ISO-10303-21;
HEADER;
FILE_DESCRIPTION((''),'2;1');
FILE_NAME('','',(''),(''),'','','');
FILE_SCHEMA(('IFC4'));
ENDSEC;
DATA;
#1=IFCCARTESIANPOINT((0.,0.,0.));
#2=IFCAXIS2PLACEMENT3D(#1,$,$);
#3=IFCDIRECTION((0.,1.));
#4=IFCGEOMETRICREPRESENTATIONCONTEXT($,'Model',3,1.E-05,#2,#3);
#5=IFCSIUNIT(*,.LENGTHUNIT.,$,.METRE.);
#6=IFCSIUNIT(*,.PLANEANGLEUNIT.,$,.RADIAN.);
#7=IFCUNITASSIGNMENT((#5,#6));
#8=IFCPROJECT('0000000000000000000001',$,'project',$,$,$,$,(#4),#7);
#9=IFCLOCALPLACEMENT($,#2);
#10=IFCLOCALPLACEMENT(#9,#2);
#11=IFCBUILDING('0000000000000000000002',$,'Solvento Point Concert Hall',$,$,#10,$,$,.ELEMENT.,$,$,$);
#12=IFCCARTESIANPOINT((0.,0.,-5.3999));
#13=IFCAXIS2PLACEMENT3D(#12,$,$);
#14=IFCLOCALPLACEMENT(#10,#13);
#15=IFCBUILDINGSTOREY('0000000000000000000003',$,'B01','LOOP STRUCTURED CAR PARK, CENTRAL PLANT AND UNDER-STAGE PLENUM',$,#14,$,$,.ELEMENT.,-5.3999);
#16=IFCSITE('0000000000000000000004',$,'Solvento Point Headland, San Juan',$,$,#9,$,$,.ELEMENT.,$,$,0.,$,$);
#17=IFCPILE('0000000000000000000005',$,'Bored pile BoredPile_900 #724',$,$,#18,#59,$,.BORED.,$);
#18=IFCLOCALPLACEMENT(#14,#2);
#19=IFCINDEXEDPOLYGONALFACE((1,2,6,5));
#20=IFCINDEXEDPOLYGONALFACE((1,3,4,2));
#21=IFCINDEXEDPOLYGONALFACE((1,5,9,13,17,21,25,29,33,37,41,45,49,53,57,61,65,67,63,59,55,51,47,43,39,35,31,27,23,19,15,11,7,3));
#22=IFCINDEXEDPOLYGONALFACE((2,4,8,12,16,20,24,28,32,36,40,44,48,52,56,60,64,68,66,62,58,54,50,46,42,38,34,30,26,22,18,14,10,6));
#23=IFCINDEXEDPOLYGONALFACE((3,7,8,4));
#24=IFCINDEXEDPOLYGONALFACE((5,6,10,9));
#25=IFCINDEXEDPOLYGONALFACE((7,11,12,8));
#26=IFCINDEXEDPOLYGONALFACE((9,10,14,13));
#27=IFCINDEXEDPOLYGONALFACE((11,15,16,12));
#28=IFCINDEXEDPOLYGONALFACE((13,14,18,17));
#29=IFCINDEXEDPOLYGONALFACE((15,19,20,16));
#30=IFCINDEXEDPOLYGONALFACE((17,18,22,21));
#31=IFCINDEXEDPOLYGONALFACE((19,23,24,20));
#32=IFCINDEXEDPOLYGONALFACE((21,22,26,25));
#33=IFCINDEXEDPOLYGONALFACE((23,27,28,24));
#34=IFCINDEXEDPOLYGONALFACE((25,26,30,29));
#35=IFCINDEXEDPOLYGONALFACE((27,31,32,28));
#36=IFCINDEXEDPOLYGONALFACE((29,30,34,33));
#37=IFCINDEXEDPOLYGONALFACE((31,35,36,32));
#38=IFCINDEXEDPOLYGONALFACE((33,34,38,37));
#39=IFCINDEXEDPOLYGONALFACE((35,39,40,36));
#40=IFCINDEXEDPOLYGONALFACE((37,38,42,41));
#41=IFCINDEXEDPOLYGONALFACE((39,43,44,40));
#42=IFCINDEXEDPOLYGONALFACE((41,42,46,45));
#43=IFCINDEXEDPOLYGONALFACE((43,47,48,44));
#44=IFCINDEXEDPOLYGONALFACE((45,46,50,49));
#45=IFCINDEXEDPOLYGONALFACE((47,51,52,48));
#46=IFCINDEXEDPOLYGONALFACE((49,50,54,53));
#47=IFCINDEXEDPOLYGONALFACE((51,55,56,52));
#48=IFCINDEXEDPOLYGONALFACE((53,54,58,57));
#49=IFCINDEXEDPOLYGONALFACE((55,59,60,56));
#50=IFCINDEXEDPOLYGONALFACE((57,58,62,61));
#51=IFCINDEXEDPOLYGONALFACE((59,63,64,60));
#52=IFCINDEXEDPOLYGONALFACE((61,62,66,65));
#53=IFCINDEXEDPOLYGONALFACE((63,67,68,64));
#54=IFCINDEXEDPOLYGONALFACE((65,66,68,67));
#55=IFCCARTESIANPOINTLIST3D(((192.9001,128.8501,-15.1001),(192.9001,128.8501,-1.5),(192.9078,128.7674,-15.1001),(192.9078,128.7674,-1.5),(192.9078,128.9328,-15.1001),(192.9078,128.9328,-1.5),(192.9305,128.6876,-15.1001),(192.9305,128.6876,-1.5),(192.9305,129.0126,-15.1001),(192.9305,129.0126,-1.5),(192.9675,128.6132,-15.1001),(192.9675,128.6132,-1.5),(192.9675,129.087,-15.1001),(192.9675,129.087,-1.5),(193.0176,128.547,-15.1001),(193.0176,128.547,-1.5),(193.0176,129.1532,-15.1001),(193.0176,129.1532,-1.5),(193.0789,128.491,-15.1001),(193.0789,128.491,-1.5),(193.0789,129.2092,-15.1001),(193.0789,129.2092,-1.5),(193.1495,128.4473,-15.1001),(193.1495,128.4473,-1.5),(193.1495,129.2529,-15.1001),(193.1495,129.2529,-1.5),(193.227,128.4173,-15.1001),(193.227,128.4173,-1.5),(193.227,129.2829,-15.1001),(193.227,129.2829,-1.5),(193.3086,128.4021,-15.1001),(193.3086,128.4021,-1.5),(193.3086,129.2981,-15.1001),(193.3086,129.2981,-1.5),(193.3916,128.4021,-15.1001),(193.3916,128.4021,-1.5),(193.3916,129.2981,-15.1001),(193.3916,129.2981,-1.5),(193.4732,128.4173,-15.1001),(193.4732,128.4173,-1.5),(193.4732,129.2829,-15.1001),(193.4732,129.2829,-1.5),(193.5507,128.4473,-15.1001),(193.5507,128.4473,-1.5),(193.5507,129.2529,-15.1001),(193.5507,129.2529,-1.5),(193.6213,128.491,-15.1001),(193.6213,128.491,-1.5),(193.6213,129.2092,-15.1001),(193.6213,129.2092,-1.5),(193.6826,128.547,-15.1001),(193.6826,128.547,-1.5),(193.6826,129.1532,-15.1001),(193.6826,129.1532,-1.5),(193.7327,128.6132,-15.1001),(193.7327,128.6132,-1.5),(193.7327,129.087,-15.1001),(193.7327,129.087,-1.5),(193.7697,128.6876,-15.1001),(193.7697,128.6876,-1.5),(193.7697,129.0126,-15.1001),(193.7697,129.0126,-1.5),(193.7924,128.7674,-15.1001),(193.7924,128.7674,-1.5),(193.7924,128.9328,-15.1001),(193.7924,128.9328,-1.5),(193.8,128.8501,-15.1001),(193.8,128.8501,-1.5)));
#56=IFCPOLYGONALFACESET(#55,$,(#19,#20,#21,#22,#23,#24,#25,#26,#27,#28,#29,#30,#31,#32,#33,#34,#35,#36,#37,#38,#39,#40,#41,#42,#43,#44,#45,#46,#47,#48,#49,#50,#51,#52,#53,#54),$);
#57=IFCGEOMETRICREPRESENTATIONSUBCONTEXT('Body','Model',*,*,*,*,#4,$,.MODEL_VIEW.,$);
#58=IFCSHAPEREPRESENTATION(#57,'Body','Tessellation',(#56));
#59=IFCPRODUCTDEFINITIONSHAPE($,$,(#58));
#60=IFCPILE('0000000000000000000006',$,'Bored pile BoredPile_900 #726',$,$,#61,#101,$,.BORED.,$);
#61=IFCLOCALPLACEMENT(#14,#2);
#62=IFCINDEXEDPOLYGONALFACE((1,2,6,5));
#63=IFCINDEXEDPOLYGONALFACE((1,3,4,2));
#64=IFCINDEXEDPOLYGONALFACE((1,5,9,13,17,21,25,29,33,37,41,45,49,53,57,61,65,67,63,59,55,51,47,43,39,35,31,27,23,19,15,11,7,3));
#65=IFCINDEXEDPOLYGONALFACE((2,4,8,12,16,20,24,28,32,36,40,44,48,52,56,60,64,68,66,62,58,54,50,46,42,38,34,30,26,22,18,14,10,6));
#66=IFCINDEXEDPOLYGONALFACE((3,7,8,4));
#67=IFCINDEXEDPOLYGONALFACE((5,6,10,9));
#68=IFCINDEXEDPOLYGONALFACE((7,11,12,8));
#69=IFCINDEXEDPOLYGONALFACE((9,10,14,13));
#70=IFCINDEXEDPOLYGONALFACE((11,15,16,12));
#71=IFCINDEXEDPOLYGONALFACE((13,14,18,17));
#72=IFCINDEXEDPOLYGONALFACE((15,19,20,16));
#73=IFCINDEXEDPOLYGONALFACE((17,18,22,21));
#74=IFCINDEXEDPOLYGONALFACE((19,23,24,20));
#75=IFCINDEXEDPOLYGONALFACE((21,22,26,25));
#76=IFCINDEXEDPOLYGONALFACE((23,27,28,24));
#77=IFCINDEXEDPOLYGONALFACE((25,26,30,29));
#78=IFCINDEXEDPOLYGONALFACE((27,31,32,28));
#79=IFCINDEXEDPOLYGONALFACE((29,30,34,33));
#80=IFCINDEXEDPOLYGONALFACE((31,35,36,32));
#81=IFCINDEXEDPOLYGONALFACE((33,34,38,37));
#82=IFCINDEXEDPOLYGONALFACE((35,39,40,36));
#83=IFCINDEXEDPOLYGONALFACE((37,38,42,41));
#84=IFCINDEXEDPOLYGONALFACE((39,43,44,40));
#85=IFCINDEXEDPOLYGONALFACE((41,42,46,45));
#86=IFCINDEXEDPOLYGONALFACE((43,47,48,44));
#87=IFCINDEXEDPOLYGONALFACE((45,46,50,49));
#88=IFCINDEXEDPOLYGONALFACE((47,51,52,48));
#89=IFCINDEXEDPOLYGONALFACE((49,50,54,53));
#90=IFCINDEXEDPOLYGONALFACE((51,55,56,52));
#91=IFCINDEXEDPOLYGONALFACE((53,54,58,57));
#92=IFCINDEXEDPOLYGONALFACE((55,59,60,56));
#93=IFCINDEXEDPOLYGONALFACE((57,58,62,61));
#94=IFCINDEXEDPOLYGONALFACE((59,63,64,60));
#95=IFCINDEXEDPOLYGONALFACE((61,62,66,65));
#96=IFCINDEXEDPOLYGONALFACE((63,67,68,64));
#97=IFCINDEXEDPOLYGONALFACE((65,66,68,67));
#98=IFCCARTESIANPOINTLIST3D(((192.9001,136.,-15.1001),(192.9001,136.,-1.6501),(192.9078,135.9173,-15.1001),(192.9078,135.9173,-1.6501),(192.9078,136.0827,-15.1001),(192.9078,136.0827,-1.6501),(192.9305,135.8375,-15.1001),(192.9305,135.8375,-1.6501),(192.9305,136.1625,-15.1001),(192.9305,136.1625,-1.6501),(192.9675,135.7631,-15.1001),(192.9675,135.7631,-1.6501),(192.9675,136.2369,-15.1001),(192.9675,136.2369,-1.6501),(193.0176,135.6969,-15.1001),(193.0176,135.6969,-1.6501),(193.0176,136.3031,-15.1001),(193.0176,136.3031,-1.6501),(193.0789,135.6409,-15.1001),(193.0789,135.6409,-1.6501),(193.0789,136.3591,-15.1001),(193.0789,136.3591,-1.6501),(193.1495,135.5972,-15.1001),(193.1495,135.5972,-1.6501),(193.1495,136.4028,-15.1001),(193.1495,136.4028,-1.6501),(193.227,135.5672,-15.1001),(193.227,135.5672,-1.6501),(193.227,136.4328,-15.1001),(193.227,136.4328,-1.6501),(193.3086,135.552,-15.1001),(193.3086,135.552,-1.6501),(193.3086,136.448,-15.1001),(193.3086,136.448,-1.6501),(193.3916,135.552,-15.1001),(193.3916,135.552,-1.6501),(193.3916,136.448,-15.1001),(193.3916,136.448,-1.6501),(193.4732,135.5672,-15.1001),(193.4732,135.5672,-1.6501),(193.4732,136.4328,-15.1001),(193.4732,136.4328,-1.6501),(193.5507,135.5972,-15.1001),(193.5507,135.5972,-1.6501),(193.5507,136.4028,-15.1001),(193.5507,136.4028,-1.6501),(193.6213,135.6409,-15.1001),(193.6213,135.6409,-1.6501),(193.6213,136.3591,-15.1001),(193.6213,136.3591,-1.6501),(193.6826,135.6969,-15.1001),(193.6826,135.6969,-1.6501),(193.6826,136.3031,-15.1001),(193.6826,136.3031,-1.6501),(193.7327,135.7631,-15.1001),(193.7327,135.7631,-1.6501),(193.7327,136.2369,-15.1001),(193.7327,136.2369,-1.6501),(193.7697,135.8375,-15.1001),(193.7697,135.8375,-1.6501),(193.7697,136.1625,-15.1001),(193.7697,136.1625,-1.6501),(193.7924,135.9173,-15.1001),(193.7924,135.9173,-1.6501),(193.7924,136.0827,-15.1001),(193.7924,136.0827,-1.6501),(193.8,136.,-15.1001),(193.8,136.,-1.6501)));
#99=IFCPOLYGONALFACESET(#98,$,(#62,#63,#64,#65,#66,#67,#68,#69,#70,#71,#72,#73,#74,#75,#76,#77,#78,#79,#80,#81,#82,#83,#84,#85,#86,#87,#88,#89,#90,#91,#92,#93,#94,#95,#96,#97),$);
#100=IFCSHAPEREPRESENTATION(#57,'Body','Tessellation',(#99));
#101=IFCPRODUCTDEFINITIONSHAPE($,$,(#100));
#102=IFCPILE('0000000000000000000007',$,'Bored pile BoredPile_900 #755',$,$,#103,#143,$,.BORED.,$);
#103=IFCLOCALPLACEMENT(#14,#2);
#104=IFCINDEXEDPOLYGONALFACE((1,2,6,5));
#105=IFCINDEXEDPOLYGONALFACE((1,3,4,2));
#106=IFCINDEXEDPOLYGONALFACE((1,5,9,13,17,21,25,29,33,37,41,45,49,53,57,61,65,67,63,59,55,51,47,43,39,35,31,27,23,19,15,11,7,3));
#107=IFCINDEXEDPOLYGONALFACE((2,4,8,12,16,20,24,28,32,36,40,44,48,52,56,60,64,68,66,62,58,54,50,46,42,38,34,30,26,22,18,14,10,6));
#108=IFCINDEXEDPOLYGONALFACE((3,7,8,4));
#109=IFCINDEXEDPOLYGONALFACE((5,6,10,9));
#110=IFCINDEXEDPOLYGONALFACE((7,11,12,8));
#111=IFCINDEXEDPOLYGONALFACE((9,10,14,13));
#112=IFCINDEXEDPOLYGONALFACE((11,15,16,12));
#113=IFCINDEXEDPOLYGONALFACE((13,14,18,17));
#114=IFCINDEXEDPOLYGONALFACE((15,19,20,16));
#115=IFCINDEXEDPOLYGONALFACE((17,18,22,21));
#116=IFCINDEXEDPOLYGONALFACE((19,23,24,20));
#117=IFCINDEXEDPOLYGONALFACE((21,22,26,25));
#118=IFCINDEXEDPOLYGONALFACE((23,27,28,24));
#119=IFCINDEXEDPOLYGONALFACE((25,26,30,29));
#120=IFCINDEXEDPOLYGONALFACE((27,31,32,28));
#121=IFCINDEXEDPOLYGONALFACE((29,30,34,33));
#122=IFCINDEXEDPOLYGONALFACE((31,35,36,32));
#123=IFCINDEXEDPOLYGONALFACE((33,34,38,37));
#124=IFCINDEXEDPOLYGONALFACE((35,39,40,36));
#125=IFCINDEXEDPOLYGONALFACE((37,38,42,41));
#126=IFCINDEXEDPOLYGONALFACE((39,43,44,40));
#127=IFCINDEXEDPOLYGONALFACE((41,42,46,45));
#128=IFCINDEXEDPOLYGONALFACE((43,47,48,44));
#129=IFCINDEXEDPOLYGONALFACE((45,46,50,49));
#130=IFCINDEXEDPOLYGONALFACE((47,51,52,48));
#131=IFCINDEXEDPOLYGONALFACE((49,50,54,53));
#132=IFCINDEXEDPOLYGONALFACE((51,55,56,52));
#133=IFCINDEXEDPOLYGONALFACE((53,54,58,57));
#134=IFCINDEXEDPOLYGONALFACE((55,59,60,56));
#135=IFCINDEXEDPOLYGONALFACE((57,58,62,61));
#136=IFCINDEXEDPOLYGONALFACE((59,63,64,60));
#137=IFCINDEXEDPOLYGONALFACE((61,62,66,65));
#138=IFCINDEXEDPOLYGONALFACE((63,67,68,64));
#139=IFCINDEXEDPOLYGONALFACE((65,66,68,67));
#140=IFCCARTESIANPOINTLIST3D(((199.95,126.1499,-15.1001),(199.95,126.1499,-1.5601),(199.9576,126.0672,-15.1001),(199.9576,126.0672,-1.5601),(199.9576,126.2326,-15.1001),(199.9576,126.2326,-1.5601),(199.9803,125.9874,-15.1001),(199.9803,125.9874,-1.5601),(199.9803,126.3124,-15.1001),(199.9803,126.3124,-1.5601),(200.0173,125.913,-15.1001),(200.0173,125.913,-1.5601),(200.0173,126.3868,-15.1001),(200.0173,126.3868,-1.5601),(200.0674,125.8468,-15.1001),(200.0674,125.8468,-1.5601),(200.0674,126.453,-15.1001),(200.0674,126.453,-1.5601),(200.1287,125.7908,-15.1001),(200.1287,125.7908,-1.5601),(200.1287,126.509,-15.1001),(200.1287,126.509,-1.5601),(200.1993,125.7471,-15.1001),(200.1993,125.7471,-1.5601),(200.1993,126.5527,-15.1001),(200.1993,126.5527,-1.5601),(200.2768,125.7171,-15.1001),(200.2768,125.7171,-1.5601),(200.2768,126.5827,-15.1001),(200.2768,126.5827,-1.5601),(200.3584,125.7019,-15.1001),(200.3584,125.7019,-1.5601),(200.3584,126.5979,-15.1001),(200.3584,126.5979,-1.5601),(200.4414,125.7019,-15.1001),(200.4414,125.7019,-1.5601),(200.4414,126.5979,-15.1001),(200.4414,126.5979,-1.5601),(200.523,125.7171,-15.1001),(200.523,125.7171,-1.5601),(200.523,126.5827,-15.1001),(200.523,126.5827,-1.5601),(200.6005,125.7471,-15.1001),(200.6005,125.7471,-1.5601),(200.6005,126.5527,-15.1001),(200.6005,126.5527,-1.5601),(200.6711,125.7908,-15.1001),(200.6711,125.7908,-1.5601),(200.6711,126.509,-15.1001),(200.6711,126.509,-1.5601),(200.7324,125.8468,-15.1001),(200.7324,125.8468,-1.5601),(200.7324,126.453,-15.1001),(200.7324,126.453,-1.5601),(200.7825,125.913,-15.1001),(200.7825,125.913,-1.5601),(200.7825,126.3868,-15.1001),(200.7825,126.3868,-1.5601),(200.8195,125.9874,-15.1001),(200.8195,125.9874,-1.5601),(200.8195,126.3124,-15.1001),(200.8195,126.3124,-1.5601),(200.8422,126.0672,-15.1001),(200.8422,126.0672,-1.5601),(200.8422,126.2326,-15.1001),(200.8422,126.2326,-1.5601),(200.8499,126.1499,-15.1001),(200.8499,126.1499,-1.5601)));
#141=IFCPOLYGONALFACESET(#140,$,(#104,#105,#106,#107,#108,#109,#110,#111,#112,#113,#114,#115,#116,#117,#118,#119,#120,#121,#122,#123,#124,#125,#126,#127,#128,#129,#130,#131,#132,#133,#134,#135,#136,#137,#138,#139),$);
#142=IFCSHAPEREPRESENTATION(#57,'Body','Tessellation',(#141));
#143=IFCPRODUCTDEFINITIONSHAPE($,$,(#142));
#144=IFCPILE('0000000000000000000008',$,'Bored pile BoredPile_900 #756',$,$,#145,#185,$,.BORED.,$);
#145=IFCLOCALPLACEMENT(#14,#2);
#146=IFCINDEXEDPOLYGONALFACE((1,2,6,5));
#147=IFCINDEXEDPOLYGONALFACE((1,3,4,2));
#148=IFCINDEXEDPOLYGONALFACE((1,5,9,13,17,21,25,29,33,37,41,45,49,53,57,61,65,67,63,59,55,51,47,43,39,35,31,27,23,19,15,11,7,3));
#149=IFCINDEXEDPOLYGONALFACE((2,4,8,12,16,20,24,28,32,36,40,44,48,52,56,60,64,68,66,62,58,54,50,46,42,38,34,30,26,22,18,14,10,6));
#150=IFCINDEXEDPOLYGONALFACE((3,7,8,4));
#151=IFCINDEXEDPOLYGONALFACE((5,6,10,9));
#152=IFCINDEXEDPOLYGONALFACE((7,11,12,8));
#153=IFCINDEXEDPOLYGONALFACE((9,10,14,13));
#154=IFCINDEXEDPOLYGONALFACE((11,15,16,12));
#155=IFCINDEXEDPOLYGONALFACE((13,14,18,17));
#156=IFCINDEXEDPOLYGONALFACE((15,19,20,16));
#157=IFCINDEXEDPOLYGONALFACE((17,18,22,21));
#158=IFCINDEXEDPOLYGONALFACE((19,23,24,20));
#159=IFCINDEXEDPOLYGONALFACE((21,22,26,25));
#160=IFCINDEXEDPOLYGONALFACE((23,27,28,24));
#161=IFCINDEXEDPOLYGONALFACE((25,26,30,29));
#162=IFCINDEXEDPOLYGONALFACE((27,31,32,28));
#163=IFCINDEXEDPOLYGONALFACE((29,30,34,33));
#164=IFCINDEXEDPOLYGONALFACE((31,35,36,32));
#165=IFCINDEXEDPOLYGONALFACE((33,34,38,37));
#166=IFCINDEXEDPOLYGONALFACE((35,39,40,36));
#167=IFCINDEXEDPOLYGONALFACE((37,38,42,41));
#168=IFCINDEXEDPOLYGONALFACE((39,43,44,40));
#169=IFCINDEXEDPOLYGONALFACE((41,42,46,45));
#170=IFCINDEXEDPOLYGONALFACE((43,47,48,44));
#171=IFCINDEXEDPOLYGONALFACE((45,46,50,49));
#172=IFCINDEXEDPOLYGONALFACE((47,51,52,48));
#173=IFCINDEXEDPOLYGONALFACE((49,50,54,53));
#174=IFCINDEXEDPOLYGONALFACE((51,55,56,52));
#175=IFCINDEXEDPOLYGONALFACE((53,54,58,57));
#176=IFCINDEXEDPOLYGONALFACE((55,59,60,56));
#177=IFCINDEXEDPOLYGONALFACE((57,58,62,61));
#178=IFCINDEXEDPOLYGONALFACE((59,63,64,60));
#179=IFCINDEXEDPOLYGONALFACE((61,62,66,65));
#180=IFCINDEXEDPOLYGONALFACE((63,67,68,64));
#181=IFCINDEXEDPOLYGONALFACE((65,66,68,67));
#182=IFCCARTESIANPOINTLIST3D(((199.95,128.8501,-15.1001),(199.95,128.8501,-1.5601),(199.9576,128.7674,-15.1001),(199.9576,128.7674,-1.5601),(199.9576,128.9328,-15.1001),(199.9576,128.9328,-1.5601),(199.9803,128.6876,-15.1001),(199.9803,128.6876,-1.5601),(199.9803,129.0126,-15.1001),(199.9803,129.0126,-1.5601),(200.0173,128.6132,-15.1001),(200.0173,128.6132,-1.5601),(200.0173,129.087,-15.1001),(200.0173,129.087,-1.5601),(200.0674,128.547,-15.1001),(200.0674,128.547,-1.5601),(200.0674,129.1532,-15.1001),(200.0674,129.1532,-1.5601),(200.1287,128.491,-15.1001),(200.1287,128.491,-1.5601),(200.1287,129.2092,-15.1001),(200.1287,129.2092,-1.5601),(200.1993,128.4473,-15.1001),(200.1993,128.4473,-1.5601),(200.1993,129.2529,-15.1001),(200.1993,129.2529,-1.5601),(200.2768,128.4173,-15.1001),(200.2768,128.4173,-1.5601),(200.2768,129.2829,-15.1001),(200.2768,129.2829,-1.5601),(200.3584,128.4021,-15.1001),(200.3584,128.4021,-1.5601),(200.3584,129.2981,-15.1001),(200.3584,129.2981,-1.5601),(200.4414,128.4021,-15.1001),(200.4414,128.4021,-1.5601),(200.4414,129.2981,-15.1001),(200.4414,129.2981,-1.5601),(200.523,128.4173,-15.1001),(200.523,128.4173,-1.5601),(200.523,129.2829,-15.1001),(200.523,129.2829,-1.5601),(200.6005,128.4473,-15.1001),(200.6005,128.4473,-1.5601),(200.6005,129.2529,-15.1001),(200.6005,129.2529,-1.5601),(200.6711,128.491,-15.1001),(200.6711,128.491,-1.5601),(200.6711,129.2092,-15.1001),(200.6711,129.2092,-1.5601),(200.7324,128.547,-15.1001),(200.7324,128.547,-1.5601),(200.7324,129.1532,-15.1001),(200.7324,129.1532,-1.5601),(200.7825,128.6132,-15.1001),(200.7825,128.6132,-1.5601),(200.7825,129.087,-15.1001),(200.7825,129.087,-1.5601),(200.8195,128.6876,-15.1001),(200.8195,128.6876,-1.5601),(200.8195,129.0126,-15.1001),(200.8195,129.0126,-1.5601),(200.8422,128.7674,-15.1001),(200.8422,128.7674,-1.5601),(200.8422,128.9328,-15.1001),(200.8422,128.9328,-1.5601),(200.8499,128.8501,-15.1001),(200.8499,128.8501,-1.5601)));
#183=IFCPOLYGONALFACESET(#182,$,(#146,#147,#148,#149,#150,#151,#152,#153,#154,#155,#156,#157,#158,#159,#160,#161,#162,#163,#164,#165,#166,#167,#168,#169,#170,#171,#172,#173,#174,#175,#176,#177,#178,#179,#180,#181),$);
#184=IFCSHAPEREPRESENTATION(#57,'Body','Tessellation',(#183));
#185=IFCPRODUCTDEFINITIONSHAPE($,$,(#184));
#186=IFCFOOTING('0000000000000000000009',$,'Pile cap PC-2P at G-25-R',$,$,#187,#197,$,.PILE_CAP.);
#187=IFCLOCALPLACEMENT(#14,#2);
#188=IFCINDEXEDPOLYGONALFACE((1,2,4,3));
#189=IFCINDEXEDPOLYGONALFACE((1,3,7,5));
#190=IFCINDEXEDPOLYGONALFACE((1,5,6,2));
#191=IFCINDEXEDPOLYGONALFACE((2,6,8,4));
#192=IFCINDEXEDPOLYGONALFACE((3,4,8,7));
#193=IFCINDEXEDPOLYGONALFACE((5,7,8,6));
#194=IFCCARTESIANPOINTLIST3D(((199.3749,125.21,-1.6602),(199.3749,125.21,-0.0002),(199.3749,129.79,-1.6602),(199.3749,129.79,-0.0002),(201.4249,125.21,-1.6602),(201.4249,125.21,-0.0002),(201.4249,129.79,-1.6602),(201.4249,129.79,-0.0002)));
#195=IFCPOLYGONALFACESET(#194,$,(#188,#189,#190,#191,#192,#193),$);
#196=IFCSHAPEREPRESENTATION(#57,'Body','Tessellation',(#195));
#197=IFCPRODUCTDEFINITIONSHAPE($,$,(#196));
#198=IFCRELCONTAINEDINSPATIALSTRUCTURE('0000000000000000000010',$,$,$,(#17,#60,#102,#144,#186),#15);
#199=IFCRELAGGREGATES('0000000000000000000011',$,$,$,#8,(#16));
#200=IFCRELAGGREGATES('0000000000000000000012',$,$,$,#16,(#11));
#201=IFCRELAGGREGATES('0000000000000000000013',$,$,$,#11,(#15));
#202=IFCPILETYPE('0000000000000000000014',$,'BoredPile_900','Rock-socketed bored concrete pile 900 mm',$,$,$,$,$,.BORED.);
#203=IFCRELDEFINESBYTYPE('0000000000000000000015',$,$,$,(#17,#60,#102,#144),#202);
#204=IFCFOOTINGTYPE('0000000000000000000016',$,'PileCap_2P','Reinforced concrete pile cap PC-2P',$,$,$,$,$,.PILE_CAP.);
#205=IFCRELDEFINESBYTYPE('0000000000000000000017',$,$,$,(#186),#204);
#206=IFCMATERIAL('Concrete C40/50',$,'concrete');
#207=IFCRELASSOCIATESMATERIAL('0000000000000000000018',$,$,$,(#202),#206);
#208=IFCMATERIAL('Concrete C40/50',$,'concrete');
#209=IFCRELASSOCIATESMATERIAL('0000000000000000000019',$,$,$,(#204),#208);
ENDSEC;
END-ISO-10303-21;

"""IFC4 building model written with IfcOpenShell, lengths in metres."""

from ifc_helpers import new_model, si_unit, direction, frame, origin, origin_2d, place, context, subcontext, project, spatial, rectangle, circle, extrude, material, material_profile, profile_set, type_object, element, save


model = new_model("IFC4")

# Units and contexts
model_context = context("Model", 3, precision=1e-05, world=origin(), true_north=direction((0.0, 1.0)))
body_context = subcontext(model_context, "Body", "Model", "MODEL_VIEW")
ifc_project = project(units=[si_unit("LENGTHUNIT", "METRE"), si_unit("PLANEANGLEUNIT", "RADIAN")], contexts=[model_context])

# Site, building, storey
site_placement = place(None, origin())
site = spatial("IfcSite", under=ifc_project, at=site_placement, Name="Solvento Point Headland, San Juan", CompositionType="ELEMENT", RefElevation=0.0)
building_placement = place(site_placement, origin())
building = spatial("IfcBuilding", under=site, at=building_placement, Name="Solvento Point Concert Hall", CompositionType="ELEMENT")
storey_placement = place(building_placement, frame((0.0, 0.0, -5.3999)))
storey = spatial("IfcBuildingStorey", under=building, at=storey_placement, Name="B01", Description="LOOP STRUCTURED CAR PARK, CENTRAL PLANT AND UNDER-STAGE PLENUM", CompositionType="ELEMENT", Elevation=-5.3999)

# Piles
ifc_material_1 = material(Name="Concrete C40/50", Category="concrete")
ifc_material_profile_1 = material_profile(ifc_material_1, circle(Radius=0.45, at=origin_2d()), Name="BP-900")
ifc_profile_set_1 = profile_set([ifc_material_profile_1], Name="Concrete C40/50")
pile_type_1 = type_object("IfcPileType", Name="BoredPile_900", Description="Rock-socketed bored concrete pile 900 mm", PredefinedType="BORED", material=ifc_profile_set_1)
for number, where, z_axis, x_axis, name in (
    (1, (193.3501, 128.8501, -1.5), (0.0, 0.0, -1.0), (1.0, 0.0, 0.0), "Bored pile BoredPile_900 #724"),
):
    element("IfcPile", number, at=place(storey_placement, frame(where, z_axis=z_axis, x_axis=x_axis)), inside=storey, type_object=pile_type_1, Name=name, PredefinedType="BORED", context=body_context, shape_type="SweptSolid", body=[
        extrude(circle(Radius=0.45, at=origin_2d()), origin(), (0.0, 0.0, 1.0), 13.6001),
    ])
pile_placement = place(storey_placement, frame((193.3501, 136.0, -1.6501), z_axis=(0.0, 0.0, -1.0), x_axis=(1.0, 0.0, 0.0)))
element("IfcPile", 2, at=pile_placement, inside=storey, type_object=pile_type_1, Name="Bored pile BoredPile_900 #726", PredefinedType="BORED", context=body_context, shape_type="SweptSolid", body=[
    extrude(circle(Radius=0.45, at=origin_2d()), origin(), (0.0, 0.0, 1.0), 13.45),
])
for number, where, z_axis, x_axis, name in (
    (3, (200.3999, 126.1499, -1.5601), (0.0, 0.0, -1.0), (1.0, 0.0, 0.0), "Bored pile BoredPile_900 #755"),
    (4, (200.3999, 128.8501, -1.5601), (0.0, 0.0, -1.0), (1.0, 0.0, 0.0), "Bored pile BoredPile_900 #756"),
):
    element("IfcPile", number, at=place(storey_placement, frame(where, z_axis=z_axis, x_axis=x_axis)), inside=storey, type_object=pile_type_1, Name=name, PredefinedType="BORED", context=body_context, shape_type="SweptSolid", body=[
        extrude(circle(Radius=0.45, at=origin_2d()), origin(), (0.0, 0.0, 1.0), 13.54),
    ])

# Footing
ifc_material_2 = material(Name="Concrete C40/50", Category="concrete")
footing_type_1 = type_object("IfcFootingType", Name="PileCap_2P", Description="Reinforced concrete pile cap PC-2P", PredefinedType="PILE_CAP", material=ifc_material_2)
footing_1_placement = place(storey_placement, frame((200.3999, 127.5, -1.6602), z_axis=(0.0, 0.0, 1.0), x_axis=(1.0, 0.0, 0.0)))
element("IfcFooting", 5, at=footing_1_placement, inside=storey, type_object=footing_type_1, Name="Pile cap PC-2P at G-25-R", PredefinedType="PILE_CAP", context=body_context, shape_type="SweptSolid", body=[
    extrude(rectangle(XDim=2.05, YDim=4.5801, at=origin_2d()), origin(), (0.0, 0.0, 1.0), 1.6599),
])

save(model, "model.ifc")
